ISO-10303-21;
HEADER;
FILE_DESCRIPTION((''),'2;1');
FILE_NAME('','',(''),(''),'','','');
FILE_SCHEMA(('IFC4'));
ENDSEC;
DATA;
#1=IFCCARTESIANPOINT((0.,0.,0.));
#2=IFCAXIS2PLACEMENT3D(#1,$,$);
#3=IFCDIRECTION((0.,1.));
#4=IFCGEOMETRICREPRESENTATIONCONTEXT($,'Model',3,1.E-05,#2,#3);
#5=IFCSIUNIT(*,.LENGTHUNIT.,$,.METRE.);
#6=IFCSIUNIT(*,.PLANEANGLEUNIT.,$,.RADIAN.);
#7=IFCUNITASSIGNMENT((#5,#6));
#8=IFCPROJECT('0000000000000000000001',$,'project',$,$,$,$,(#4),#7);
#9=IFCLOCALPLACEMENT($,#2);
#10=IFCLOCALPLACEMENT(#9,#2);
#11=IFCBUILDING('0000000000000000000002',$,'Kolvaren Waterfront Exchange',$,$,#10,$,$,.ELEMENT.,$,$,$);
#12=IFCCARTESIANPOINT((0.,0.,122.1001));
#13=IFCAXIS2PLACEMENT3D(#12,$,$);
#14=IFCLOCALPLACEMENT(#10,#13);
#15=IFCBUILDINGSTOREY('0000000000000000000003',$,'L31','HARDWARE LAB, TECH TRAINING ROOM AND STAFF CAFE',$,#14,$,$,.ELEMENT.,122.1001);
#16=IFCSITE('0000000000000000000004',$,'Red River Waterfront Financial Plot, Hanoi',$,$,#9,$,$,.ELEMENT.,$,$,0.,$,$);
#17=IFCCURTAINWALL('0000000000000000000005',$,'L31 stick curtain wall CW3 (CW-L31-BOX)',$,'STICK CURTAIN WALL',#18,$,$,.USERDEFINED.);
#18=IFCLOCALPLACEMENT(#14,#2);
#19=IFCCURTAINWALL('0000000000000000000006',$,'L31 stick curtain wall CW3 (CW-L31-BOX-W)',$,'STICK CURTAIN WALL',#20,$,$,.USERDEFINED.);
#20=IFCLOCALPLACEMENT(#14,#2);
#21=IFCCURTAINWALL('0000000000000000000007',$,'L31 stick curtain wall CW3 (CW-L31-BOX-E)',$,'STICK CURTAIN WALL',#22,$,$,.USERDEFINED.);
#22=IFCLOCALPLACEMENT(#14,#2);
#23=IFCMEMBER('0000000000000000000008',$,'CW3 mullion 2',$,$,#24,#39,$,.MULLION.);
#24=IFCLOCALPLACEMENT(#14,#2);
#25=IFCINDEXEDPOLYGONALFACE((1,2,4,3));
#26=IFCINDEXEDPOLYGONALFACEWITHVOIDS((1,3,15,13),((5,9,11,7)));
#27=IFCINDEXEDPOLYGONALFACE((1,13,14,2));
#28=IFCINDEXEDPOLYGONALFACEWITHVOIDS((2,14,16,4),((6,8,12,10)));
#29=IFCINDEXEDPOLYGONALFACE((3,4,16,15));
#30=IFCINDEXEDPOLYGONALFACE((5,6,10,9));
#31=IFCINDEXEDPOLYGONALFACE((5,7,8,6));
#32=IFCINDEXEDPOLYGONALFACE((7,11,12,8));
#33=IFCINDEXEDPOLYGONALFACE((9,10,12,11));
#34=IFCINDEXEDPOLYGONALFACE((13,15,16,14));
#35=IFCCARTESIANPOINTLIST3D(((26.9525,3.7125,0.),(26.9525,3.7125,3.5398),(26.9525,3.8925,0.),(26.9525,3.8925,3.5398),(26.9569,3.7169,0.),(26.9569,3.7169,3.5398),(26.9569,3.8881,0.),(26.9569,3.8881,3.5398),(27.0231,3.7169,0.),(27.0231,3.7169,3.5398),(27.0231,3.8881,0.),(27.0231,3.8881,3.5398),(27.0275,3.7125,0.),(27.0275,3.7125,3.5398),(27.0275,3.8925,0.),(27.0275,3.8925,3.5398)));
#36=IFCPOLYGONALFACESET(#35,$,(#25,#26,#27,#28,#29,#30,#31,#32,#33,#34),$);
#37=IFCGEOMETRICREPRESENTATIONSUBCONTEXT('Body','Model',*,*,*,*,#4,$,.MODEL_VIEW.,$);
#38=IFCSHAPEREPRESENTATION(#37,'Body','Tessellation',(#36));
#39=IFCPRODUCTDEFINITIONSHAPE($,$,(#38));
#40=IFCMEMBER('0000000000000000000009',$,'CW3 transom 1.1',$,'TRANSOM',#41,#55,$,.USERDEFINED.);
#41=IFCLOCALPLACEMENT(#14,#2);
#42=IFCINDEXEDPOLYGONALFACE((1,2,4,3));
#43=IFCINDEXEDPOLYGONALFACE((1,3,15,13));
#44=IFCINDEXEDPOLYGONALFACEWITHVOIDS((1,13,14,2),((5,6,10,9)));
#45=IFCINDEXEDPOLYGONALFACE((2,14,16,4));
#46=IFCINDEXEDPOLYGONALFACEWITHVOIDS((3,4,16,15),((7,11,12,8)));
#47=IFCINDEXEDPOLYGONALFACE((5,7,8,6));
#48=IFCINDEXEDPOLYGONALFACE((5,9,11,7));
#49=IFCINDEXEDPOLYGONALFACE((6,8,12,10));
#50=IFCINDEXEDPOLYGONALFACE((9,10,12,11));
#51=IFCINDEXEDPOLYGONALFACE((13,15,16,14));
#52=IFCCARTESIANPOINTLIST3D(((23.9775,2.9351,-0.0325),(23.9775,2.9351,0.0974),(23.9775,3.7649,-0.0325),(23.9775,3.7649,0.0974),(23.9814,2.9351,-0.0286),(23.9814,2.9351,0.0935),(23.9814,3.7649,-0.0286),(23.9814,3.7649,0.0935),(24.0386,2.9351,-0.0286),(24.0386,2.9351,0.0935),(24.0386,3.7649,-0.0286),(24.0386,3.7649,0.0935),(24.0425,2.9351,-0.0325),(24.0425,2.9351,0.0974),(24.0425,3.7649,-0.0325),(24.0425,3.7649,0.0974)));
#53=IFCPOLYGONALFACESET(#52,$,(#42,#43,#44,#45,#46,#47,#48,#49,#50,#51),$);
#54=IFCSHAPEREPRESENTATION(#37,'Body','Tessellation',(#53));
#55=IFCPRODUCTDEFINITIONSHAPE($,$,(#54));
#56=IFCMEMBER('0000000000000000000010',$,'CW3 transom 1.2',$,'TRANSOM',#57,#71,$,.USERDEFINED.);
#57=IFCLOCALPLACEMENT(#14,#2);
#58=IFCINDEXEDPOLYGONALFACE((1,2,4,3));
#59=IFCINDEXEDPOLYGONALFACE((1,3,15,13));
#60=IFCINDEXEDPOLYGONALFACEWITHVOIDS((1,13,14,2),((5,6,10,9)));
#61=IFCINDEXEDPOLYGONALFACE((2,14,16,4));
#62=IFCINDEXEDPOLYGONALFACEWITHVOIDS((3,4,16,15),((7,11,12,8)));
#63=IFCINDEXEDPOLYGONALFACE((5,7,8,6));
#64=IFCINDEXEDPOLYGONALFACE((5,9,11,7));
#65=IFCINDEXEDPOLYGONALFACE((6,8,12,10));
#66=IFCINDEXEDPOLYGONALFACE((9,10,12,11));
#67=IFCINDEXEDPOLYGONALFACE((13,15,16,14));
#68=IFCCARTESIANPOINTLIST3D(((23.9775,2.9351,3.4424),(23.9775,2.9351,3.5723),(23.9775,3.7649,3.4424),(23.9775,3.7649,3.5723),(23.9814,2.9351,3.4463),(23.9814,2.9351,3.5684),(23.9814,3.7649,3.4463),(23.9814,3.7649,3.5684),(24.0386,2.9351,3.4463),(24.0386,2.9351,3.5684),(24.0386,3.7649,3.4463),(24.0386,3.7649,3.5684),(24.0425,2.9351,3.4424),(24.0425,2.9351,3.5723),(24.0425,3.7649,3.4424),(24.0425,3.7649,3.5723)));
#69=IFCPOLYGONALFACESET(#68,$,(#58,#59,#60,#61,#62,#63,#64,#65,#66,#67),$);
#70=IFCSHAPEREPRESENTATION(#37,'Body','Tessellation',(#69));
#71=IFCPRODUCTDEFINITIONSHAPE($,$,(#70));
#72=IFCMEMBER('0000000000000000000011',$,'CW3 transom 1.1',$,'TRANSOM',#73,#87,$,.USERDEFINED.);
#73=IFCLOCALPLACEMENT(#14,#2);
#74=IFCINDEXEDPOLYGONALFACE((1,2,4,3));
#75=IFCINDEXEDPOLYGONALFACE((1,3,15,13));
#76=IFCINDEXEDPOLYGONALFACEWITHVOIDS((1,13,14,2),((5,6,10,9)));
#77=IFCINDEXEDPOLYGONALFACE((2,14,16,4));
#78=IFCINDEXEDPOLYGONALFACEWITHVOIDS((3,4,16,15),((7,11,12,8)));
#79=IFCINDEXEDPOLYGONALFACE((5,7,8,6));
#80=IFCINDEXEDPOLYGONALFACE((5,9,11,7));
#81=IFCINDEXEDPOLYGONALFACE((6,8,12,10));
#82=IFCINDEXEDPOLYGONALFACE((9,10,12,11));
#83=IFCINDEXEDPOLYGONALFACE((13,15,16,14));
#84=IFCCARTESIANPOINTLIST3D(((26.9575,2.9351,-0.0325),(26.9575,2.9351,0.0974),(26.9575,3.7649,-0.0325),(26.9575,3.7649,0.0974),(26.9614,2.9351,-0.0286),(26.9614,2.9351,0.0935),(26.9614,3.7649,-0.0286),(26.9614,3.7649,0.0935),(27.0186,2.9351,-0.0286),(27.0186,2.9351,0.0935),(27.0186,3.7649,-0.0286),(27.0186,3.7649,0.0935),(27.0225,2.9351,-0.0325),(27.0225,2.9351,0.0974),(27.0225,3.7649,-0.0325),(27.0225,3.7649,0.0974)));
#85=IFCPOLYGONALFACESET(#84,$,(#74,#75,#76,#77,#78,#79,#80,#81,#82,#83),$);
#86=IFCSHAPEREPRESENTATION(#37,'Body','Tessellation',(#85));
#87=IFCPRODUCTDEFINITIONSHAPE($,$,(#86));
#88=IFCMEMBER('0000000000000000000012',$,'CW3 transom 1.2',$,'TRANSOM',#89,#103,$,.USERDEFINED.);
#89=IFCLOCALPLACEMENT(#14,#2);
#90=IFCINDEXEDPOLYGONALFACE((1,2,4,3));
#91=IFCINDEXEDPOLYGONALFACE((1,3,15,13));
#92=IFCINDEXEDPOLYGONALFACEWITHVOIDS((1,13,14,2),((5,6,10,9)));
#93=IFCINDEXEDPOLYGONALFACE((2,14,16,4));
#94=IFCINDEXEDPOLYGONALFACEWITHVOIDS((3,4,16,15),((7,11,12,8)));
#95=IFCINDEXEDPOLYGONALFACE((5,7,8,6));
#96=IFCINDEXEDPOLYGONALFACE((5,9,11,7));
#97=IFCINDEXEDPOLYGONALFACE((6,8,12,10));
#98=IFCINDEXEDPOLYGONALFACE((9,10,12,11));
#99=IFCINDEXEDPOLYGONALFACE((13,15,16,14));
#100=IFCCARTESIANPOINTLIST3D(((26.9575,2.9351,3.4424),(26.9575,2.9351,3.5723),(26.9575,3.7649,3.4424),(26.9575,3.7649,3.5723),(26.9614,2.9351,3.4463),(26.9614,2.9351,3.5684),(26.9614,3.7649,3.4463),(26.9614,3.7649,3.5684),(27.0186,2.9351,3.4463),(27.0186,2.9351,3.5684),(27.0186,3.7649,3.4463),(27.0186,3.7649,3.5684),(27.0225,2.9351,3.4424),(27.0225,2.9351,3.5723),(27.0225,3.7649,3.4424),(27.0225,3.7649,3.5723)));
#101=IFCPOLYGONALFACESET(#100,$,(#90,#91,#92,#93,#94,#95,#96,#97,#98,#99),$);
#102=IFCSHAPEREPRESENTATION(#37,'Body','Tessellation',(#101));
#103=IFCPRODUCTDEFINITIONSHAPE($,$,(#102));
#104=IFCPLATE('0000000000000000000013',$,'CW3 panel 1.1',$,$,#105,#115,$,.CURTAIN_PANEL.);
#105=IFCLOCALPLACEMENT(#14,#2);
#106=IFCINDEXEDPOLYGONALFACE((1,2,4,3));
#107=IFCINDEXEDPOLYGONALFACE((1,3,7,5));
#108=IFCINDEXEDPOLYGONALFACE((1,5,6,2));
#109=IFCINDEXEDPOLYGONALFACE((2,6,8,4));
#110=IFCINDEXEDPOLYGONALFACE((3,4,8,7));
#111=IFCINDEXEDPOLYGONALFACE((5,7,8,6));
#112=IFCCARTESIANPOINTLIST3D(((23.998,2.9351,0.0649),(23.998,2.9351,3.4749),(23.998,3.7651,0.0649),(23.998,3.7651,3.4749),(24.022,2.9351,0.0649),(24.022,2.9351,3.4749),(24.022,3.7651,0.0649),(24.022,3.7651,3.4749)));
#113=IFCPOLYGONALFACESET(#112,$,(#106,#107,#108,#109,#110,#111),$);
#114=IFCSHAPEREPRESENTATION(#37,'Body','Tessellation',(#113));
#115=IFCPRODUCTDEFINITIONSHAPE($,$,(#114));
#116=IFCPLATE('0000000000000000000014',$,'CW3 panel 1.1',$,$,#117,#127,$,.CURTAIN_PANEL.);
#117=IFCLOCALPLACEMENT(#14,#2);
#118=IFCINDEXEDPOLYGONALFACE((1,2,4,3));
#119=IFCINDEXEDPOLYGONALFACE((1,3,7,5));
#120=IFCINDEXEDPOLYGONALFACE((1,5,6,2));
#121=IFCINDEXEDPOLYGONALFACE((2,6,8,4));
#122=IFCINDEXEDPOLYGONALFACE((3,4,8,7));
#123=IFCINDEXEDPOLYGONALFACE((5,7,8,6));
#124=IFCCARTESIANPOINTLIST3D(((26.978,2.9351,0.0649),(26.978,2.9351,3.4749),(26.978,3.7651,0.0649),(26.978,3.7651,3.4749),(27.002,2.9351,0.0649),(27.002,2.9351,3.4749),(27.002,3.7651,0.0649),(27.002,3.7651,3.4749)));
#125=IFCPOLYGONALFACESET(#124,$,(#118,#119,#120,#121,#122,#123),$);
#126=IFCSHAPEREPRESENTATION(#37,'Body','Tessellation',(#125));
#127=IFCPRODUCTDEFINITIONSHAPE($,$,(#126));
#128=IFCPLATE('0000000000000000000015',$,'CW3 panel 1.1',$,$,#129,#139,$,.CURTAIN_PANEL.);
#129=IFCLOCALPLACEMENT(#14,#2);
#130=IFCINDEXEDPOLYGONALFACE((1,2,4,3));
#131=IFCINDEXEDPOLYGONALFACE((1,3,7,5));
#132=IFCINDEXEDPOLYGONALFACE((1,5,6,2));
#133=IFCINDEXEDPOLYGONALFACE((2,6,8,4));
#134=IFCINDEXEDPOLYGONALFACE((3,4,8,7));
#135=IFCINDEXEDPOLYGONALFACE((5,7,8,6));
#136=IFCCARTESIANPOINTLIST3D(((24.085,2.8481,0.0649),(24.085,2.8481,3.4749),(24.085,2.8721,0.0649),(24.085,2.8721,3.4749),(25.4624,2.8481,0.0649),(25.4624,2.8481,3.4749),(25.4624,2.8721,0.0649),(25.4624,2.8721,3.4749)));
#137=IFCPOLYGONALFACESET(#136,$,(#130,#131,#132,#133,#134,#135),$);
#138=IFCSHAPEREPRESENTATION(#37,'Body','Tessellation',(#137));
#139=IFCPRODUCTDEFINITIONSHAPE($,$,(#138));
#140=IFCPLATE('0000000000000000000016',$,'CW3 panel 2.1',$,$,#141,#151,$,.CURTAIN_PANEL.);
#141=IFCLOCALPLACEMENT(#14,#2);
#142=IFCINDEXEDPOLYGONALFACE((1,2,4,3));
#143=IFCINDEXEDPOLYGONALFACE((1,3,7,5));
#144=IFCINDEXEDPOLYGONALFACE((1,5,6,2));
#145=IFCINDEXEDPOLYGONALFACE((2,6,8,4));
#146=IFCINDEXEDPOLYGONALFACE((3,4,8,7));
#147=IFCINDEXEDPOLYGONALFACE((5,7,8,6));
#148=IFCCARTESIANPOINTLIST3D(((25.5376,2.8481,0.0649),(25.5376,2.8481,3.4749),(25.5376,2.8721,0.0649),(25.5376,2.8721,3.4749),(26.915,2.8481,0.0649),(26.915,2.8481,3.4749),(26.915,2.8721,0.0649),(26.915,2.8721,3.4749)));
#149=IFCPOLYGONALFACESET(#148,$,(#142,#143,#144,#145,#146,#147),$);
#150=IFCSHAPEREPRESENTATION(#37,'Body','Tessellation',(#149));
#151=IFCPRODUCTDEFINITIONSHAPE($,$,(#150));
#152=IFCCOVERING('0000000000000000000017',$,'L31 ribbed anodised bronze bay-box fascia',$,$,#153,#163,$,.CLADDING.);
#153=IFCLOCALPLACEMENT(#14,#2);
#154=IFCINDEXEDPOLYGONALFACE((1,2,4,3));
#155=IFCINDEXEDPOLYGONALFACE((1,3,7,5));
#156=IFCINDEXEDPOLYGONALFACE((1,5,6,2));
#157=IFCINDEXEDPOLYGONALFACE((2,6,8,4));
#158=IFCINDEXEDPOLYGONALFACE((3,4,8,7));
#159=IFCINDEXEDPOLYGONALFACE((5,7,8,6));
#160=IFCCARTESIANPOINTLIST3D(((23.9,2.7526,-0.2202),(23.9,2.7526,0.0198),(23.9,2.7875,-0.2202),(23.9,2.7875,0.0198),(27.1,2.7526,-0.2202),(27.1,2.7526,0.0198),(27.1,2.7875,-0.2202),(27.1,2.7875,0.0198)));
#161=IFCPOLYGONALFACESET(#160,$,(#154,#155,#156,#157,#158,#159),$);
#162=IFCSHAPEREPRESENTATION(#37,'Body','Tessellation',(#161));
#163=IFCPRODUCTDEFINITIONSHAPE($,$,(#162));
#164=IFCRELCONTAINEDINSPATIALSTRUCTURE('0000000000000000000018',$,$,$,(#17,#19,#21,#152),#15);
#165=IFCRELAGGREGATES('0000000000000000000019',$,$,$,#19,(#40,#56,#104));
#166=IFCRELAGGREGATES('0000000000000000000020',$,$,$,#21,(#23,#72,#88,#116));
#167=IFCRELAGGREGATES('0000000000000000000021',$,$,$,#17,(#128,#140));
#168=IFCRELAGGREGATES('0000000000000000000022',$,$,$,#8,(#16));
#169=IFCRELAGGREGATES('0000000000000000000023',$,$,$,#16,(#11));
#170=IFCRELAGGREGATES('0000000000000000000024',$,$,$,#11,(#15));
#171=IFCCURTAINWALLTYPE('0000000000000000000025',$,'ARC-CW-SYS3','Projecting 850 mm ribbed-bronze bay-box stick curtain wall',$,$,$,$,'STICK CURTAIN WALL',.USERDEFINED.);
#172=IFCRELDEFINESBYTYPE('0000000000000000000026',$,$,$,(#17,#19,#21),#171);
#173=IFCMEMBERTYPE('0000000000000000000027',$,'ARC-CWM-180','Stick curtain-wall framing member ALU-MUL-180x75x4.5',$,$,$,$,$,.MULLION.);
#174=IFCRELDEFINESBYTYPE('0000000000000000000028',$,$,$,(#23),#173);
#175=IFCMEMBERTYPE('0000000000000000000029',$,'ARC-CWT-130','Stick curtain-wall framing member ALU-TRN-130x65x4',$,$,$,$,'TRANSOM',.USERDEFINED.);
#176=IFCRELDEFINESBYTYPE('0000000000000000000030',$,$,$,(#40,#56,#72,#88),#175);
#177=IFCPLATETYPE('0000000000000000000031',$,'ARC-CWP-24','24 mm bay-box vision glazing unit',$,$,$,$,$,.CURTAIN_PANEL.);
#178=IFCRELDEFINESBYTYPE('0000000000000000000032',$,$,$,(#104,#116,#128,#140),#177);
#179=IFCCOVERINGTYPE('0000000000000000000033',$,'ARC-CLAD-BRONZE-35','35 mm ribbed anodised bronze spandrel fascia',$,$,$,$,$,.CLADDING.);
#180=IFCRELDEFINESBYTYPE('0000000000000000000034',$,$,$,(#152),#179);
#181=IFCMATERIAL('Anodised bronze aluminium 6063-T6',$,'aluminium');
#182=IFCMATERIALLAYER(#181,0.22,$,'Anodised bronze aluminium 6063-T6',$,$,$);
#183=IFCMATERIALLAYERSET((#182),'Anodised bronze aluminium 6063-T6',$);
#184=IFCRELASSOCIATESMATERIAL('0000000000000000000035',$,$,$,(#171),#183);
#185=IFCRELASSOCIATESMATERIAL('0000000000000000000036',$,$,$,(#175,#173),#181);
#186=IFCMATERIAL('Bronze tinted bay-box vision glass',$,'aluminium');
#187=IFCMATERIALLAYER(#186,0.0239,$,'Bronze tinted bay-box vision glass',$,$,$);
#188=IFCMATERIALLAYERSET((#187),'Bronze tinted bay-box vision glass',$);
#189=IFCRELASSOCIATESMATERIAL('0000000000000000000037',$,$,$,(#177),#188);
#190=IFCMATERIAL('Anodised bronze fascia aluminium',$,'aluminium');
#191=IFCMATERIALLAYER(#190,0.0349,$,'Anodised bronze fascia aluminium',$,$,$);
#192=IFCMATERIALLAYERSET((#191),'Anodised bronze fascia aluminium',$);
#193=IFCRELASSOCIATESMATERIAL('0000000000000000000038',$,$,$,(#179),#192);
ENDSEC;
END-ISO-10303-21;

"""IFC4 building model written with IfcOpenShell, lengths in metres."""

from ifc_helpers import new_model, si_unit, direction, frame, origin, origin_with_axes, origin_2d, place, context, subcontext, project, spatial, rectangle, hollow_rectangle, extrude, source, transform, mapped, material, layer, layer_set, material_profile, profile_set, type_object, element, aggregate, save


model = new_model("IFC4")

# Units and contexts
model_context = context("Model", 3, precision=1e-05, world=origin(), true_north=direction((0.0, 1.0)))
body_context = subcontext(model_context, "Body", "Model", "MODEL_VIEW")
ifc_project = project(units=[si_unit("LENGTHUNIT", "METRE"), si_unit("PLANEANGLEUNIT", "RADIAN")], contexts=[model_context])

# Site, building, storey
site_placement = place(None, origin())
site = spatial("IfcSite", under=ifc_project, at=site_placement, Name="Red River Waterfront Financial Plot, Hanoi", CompositionType="ELEMENT", RefElevation=0.0)
building_placement = place(site_placement, origin())
building = spatial("IfcBuilding", under=site, at=building_placement, Name="Kolvaren Waterfront Exchange", CompositionType="ELEMENT")
storey_placement = place(building_placement, frame((0.0, 0.0, 122.1001)))
storey = spatial("IfcBuildingStorey", under=building, at=storey_placement, Name="L31", Description="HARDWARE LAB, TECH TRAINING ROOM AND STAFF CAFE", CompositionType="ELEMENT", Elevation=122.1001)

# Curtain walls
ifc_material_1 = material(Name="Anodised bronze aluminium 6063-T6", Category="aluminium")
ifc_layer_1 = layer(ifc_material_1, 0.22, Name="Anodised bronze aluminium 6063-T6")
ifc_layer_set_1 = layer_set([ifc_layer_1], Name="Anodised bronze aluminium 6063-T6")
curtain_wall_type = type_object("IfcCurtainWallType", Name="ARC-CW-SYS3", Description="Projecting 850 mm ribbed-bronze bay-box stick curtain wall", ElementType="STICK CURTAIN WALL", PredefinedType="USERDEFINED", material=ifc_layer_set_1)
curtain_wall_1_placement = place(storey_placement, origin())
curtain_wall_1 = element("IfcCurtainWall", 1, at=curtain_wall_1_placement, inside=storey, type_object=curtain_wall_type, Name="L31 stick curtain wall CW3 (CW-L31-BOX)", ObjectType="STICK CURTAIN WALL", PredefinedType="USERDEFINED")
ifc_material_profile_1 = material_profile(ifc_material_1, hollow_rectangle(XDim=0.0649, YDim=0.1299, WallThickness=0.0039, at=origin_2d()), Name="ALU-TRN-130x65x4")
ifc_profile_set_1 = profile_set([ifc_material_profile_1], Name="Anodised bronze aluminium 6063-T6")
member_type_1 = type_object("IfcMemberType", Name="ARC-CWT-130", Description="Stick curtain-wall framing member ALU-TRN-130x65x4", ElementType="TRANSOM", PredefinedType="USERDEFINED", material=ifc_profile_set_1)
curtain_wall_2_placement = place(storey_placement, origin())
curtain_wall_2 = element("IfcCurtainWall", 2, at=curtain_wall_2_placement, inside=storey, type_object=curtain_wall_type, Name="L31 stick curtain wall CW3 (CW-L31-BOX-W)", ObjectType="STICK CURTAIN WALL", PredefinedType="USERDEFINED")
ifc_material_profile_2 = material_profile(ifc_material_1, hollow_rectangle(XDim=0.075, YDim=0.1799, WallThickness=0.0044, at=origin_2d()), Name="ALU-MUL-180x75x4.5")
ifc_profile_set_2 = profile_set([ifc_material_profile_2], Name="Anodised bronze aluminium 6063-T6")
member_type_2 = type_object("IfcMemberType", Name="ARC-CWM-180", Description="Stick curtain-wall framing member ALU-MUL-180x75x4.5", PredefinedType="MULLION", material=ifc_profile_set_2)
shared_shape_1 = source(origin_with_axes(), body_context, "Body", "SweptSolid", [
    extrude(hollow_rectangle(XDim=0.075, YDim=0.1799, WallThickness=0.0044, at=origin_2d()), origin(), (0.0, 0.0, 1.0), 3.5398),
])

# Curtain wall, member
curtain_wall_3_placement = place(storey_placement, origin())
curtain_wall_3 = element("IfcCurtainWall", 3, at=curtain_wall_3_placement, inside=storey, type_object=curtain_wall_type, Name="L31 stick curtain wall CW3 (CW-L31-BOX-E)", ObjectType="STICK CURTAIN WALL", PredefinedType="USERDEFINED")
member_1_placement = place(storey_placement, frame((26.99, 3.8025, 0.0), z_axis=(0.0, 0.0, 1.0), x_axis=(-1.0, 0.0, 0.0)))
member_1 = element("IfcMember", 4, at=member_1_placement, type_object=member_type_2, Name="CW3 mullion 2", PredefinedType="MULLION", context=body_context, shape_type="MappedRepresentation", body=[
    mapped(shared_shape_1, transform((0.0, 0.0, 0.0), x_axis=(1.0, 0.0, 0.0), y_axis=(0.0, 1.0, 0.0), z_axis=(0.0, 0.0, 1.0), scale=1.0)),
])

# Members
shared_shape_2 = source(origin_with_axes(), body_context, "Body", "SweptSolid", [
    extrude(hollow_rectangle(XDim=0.0649, YDim=0.1299, WallThickness=0.0039, at=origin_2d()), origin(), (0.0, 0.0, 1.0), 0.8298),
])
member_2_placement = place(storey_placement, frame((24.01, 3.7649, 0.0325), z_axis=(0.0, -1.0, 0.0), x_axis=(1.0, 0.0, 0.0)))
member_2 = element("IfcMember", 5, at=member_2_placement, type_object=member_type_1, Name="CW3 transom 1.1", ObjectType="TRANSOM", PredefinedType="USERDEFINED", context=body_context, shape_type="MappedRepresentation", body=[
    mapped(shared_shape_2, transform((0.0, 0.0, 0.0), x_axis=(1.0, 0.0, 0.0), y_axis=(0.0, 1.0, 0.0), z_axis=(0.0, 0.0, 1.0), scale=1.0)),
])
member_3_placement = place(storey_placement, frame((24.01, 3.7649, 3.5073), z_axis=(0.0, -1.0, 0.0), x_axis=(1.0, 0.0, 0.0)))
member_3 = element("IfcMember", 6, at=member_3_placement, type_object=member_type_1, Name="CW3 transom 1.2", ObjectType="TRANSOM", PredefinedType="USERDEFINED", context=body_context, shape_type="MappedRepresentation", body=[
    mapped(shared_shape_2, transform((0.0, 0.0, 0.0), x_axis=(1.0, 0.0, 0.0), y_axis=(0.0, 1.0, 0.0), z_axis=(0.0, 0.0, 1.0), scale=1.0)),
])
member_4_placement = place(storey_placement, frame((26.99, 2.9351, 0.0325), z_axis=(0.0, 1.0, 0.0), x_axis=(-1.0, 0.0, 0.0)))
member_4 = element("IfcMember", 7, at=member_4_placement, type_object=member_type_1, Name="CW3 transom 1.1", ObjectType="TRANSOM", PredefinedType="USERDEFINED", context=body_context, shape_type="MappedRepresentation", body=[
    mapped(shared_shape_2, transform((0.0, 0.0, 0.0), x_axis=(1.0, 0.0, 0.0), y_axis=(0.0, 1.0, 0.0), z_axis=(0.0, 0.0, 1.0), scale=1.0)),
])
member_5_placement = place(storey_placement, frame((26.99, 2.9351, 3.5073), z_axis=(0.0, 1.0, 0.0), x_axis=(-1.0, 0.0, 0.0)))
member_5 = element("IfcMember", 8, at=member_5_placement, type_object=member_type_1, Name="CW3 transom 1.2", ObjectType="TRANSOM", PredefinedType="USERDEFINED", context=body_context, shape_type="MappedRepresentation", body=[
    mapped(shared_shape_2, transform((0.0, 0.0, 0.0), x_axis=(1.0, 0.0, 0.0), y_axis=(0.0, 1.0, 0.0), z_axis=(0.0, 0.0, 1.0), scale=1.0)),
])

# Plates
ifc_material_2 = material(Name="Bronze tinted bay-box vision glass", Category="aluminium")
ifc_layer_2 = layer(ifc_material_2, 0.0239, Name="Bronze tinted bay-box vision glass")
ifc_layer_set_2 = layer_set([ifc_layer_2], Name="Bronze tinted bay-box vision glass")
plate_type = type_object("IfcPlateType", Name="ARC-CWP-24", Description="24 mm bay-box vision glazing unit", PredefinedType="CURTAIN_PANEL", material=ifc_layer_set_2)
shared_shape_3 = source(origin_with_axes(), body_context, "Body", "SweptSolid", [
    extrude(rectangle(XDim=0.8301, YDim=0.0239, at=origin_2d()), origin(), (0.0, 0.0, 1.0), 3.4099),
])
plate_1_placement = place(storey_placement, frame((24.01, 3.3501, 0.0649), z_axis=(0.0, 0.0, 1.0), x_axis=(0.0, -1.0, 0.0)))
plate_1 = element("IfcPlate", 9, at=plate_1_placement, type_object=plate_type, Name="CW3 panel 1.1", PredefinedType="CURTAIN_PANEL", context=body_context, shape_type="MappedRepresentation", body=[
    mapped(shared_shape_3, transform((0.0, 0.0, 0.0), x_axis=(1.0, 0.0, 0.0), y_axis=(0.0, 1.0, 0.0), z_axis=(0.0, 0.0, 1.0), scale=1.0)),
])
aggregate(curtain_wall_2, [member_2, member_3, plate_1])
plate_2_placement = place(storey_placement, frame((26.99, 3.3501, 0.0649), z_axis=(0.0, 0.0, 1.0), x_axis=(0.0, 1.0, 0.0)))
plate_2 = element("IfcPlate", 10, at=plate_2_placement, type_object=plate_type, Name="CW3 panel 1.1", PredefinedType="CURTAIN_PANEL", context=body_context, shape_type="MappedRepresentation", body=[
    mapped(shared_shape_3, transform((0.0, 0.0, 0.0), x_axis=(1.0, 0.0, 0.0), y_axis=(0.0, 1.0, 0.0), z_axis=(0.0, 0.0, 1.0), scale=1.0)),
])
aggregate(curtain_wall_3, [member_1, member_4, member_5, plate_2])
shared_shape_4 = source(origin_with_axes(), body_context, "Body", "SweptSolid", [
    extrude(rectangle(XDim=1.3774, YDim=0.0239, at=origin_2d()), origin(), (0.0, 0.0, 1.0), 3.4099),
])
plate_3_placement = place(storey_placement, frame((24.7737, 2.8601, 0.0649), z_axis=(0.0, 0.0, 1.0), x_axis=(1.0, 0.0, 0.0)))
plate_3 = element("IfcPlate", 11, at=plate_3_placement, type_object=plate_type, Name="CW3 panel 1.1", PredefinedType="CURTAIN_PANEL", context=body_context, shape_type="MappedRepresentation", body=[
    mapped(shared_shape_4, transform((0.0, 0.0, 0.0), x_axis=(1.0, 0.0, 0.0), y_axis=(0.0, 1.0, 0.0), z_axis=(0.0, 0.0, 1.0), scale=1.0)),
])
plate_4_placement = place(storey_placement, frame((26.2263, 2.8601, 0.0649), z_axis=(0.0, 0.0, 1.0), x_axis=(1.0, 0.0, 0.0)))
plate_4 = element("IfcPlate", 12, at=plate_4_placement, type_object=plate_type, Name="CW3 panel 2.1", PredefinedType="CURTAIN_PANEL", context=body_context, shape_type="MappedRepresentation", body=[
    mapped(shared_shape_4, transform((0.0, 0.0, 0.0), x_axis=(1.0, 0.0, 0.0), y_axis=(0.0, 1.0, 0.0), z_axis=(0.0, 0.0, 1.0), scale=1.0)),
])
aggregate(curtain_wall_1, [plate_3, plate_4])

# Covering
ifc_material_3 = material(Name="Anodised bronze fascia aluminium", Category="aluminium")
ifc_layer_3 = layer(ifc_material_3, 0.0349, Name="Anodised bronze fascia aluminium")
ifc_layer_set_3 = layer_set([ifc_layer_3], Name="Anodised bronze fascia aluminium")
covering_type = type_object("IfcCoveringType", Name="ARC-CLAD-BRONZE-35", Description="35 mm ribbed anodised bronze spandrel fascia", PredefinedType="CLADDING", material=ifc_layer_set_3)
covering_placement = place(storey_placement, frame((25.5, 2.77, -0.2202), z_axis=(0.0, 0.0, 1.0), x_axis=(1.0, 0.0, 0.0)))
element("IfcCovering", 13, at=covering_placement, inside=storey, type_object=covering_type, Name="L31 ribbed anodised bronze bay-box fascia", PredefinedType="CLADDING", context=body_context, shape_type="SweptSolid", body=[
    extrude(rectangle(XDim=3.2, YDim=0.0349, at=origin_2d()), origin(), (0.0, 0.0, 1.0), 0.24),
])

save(model, "model.ifc")
